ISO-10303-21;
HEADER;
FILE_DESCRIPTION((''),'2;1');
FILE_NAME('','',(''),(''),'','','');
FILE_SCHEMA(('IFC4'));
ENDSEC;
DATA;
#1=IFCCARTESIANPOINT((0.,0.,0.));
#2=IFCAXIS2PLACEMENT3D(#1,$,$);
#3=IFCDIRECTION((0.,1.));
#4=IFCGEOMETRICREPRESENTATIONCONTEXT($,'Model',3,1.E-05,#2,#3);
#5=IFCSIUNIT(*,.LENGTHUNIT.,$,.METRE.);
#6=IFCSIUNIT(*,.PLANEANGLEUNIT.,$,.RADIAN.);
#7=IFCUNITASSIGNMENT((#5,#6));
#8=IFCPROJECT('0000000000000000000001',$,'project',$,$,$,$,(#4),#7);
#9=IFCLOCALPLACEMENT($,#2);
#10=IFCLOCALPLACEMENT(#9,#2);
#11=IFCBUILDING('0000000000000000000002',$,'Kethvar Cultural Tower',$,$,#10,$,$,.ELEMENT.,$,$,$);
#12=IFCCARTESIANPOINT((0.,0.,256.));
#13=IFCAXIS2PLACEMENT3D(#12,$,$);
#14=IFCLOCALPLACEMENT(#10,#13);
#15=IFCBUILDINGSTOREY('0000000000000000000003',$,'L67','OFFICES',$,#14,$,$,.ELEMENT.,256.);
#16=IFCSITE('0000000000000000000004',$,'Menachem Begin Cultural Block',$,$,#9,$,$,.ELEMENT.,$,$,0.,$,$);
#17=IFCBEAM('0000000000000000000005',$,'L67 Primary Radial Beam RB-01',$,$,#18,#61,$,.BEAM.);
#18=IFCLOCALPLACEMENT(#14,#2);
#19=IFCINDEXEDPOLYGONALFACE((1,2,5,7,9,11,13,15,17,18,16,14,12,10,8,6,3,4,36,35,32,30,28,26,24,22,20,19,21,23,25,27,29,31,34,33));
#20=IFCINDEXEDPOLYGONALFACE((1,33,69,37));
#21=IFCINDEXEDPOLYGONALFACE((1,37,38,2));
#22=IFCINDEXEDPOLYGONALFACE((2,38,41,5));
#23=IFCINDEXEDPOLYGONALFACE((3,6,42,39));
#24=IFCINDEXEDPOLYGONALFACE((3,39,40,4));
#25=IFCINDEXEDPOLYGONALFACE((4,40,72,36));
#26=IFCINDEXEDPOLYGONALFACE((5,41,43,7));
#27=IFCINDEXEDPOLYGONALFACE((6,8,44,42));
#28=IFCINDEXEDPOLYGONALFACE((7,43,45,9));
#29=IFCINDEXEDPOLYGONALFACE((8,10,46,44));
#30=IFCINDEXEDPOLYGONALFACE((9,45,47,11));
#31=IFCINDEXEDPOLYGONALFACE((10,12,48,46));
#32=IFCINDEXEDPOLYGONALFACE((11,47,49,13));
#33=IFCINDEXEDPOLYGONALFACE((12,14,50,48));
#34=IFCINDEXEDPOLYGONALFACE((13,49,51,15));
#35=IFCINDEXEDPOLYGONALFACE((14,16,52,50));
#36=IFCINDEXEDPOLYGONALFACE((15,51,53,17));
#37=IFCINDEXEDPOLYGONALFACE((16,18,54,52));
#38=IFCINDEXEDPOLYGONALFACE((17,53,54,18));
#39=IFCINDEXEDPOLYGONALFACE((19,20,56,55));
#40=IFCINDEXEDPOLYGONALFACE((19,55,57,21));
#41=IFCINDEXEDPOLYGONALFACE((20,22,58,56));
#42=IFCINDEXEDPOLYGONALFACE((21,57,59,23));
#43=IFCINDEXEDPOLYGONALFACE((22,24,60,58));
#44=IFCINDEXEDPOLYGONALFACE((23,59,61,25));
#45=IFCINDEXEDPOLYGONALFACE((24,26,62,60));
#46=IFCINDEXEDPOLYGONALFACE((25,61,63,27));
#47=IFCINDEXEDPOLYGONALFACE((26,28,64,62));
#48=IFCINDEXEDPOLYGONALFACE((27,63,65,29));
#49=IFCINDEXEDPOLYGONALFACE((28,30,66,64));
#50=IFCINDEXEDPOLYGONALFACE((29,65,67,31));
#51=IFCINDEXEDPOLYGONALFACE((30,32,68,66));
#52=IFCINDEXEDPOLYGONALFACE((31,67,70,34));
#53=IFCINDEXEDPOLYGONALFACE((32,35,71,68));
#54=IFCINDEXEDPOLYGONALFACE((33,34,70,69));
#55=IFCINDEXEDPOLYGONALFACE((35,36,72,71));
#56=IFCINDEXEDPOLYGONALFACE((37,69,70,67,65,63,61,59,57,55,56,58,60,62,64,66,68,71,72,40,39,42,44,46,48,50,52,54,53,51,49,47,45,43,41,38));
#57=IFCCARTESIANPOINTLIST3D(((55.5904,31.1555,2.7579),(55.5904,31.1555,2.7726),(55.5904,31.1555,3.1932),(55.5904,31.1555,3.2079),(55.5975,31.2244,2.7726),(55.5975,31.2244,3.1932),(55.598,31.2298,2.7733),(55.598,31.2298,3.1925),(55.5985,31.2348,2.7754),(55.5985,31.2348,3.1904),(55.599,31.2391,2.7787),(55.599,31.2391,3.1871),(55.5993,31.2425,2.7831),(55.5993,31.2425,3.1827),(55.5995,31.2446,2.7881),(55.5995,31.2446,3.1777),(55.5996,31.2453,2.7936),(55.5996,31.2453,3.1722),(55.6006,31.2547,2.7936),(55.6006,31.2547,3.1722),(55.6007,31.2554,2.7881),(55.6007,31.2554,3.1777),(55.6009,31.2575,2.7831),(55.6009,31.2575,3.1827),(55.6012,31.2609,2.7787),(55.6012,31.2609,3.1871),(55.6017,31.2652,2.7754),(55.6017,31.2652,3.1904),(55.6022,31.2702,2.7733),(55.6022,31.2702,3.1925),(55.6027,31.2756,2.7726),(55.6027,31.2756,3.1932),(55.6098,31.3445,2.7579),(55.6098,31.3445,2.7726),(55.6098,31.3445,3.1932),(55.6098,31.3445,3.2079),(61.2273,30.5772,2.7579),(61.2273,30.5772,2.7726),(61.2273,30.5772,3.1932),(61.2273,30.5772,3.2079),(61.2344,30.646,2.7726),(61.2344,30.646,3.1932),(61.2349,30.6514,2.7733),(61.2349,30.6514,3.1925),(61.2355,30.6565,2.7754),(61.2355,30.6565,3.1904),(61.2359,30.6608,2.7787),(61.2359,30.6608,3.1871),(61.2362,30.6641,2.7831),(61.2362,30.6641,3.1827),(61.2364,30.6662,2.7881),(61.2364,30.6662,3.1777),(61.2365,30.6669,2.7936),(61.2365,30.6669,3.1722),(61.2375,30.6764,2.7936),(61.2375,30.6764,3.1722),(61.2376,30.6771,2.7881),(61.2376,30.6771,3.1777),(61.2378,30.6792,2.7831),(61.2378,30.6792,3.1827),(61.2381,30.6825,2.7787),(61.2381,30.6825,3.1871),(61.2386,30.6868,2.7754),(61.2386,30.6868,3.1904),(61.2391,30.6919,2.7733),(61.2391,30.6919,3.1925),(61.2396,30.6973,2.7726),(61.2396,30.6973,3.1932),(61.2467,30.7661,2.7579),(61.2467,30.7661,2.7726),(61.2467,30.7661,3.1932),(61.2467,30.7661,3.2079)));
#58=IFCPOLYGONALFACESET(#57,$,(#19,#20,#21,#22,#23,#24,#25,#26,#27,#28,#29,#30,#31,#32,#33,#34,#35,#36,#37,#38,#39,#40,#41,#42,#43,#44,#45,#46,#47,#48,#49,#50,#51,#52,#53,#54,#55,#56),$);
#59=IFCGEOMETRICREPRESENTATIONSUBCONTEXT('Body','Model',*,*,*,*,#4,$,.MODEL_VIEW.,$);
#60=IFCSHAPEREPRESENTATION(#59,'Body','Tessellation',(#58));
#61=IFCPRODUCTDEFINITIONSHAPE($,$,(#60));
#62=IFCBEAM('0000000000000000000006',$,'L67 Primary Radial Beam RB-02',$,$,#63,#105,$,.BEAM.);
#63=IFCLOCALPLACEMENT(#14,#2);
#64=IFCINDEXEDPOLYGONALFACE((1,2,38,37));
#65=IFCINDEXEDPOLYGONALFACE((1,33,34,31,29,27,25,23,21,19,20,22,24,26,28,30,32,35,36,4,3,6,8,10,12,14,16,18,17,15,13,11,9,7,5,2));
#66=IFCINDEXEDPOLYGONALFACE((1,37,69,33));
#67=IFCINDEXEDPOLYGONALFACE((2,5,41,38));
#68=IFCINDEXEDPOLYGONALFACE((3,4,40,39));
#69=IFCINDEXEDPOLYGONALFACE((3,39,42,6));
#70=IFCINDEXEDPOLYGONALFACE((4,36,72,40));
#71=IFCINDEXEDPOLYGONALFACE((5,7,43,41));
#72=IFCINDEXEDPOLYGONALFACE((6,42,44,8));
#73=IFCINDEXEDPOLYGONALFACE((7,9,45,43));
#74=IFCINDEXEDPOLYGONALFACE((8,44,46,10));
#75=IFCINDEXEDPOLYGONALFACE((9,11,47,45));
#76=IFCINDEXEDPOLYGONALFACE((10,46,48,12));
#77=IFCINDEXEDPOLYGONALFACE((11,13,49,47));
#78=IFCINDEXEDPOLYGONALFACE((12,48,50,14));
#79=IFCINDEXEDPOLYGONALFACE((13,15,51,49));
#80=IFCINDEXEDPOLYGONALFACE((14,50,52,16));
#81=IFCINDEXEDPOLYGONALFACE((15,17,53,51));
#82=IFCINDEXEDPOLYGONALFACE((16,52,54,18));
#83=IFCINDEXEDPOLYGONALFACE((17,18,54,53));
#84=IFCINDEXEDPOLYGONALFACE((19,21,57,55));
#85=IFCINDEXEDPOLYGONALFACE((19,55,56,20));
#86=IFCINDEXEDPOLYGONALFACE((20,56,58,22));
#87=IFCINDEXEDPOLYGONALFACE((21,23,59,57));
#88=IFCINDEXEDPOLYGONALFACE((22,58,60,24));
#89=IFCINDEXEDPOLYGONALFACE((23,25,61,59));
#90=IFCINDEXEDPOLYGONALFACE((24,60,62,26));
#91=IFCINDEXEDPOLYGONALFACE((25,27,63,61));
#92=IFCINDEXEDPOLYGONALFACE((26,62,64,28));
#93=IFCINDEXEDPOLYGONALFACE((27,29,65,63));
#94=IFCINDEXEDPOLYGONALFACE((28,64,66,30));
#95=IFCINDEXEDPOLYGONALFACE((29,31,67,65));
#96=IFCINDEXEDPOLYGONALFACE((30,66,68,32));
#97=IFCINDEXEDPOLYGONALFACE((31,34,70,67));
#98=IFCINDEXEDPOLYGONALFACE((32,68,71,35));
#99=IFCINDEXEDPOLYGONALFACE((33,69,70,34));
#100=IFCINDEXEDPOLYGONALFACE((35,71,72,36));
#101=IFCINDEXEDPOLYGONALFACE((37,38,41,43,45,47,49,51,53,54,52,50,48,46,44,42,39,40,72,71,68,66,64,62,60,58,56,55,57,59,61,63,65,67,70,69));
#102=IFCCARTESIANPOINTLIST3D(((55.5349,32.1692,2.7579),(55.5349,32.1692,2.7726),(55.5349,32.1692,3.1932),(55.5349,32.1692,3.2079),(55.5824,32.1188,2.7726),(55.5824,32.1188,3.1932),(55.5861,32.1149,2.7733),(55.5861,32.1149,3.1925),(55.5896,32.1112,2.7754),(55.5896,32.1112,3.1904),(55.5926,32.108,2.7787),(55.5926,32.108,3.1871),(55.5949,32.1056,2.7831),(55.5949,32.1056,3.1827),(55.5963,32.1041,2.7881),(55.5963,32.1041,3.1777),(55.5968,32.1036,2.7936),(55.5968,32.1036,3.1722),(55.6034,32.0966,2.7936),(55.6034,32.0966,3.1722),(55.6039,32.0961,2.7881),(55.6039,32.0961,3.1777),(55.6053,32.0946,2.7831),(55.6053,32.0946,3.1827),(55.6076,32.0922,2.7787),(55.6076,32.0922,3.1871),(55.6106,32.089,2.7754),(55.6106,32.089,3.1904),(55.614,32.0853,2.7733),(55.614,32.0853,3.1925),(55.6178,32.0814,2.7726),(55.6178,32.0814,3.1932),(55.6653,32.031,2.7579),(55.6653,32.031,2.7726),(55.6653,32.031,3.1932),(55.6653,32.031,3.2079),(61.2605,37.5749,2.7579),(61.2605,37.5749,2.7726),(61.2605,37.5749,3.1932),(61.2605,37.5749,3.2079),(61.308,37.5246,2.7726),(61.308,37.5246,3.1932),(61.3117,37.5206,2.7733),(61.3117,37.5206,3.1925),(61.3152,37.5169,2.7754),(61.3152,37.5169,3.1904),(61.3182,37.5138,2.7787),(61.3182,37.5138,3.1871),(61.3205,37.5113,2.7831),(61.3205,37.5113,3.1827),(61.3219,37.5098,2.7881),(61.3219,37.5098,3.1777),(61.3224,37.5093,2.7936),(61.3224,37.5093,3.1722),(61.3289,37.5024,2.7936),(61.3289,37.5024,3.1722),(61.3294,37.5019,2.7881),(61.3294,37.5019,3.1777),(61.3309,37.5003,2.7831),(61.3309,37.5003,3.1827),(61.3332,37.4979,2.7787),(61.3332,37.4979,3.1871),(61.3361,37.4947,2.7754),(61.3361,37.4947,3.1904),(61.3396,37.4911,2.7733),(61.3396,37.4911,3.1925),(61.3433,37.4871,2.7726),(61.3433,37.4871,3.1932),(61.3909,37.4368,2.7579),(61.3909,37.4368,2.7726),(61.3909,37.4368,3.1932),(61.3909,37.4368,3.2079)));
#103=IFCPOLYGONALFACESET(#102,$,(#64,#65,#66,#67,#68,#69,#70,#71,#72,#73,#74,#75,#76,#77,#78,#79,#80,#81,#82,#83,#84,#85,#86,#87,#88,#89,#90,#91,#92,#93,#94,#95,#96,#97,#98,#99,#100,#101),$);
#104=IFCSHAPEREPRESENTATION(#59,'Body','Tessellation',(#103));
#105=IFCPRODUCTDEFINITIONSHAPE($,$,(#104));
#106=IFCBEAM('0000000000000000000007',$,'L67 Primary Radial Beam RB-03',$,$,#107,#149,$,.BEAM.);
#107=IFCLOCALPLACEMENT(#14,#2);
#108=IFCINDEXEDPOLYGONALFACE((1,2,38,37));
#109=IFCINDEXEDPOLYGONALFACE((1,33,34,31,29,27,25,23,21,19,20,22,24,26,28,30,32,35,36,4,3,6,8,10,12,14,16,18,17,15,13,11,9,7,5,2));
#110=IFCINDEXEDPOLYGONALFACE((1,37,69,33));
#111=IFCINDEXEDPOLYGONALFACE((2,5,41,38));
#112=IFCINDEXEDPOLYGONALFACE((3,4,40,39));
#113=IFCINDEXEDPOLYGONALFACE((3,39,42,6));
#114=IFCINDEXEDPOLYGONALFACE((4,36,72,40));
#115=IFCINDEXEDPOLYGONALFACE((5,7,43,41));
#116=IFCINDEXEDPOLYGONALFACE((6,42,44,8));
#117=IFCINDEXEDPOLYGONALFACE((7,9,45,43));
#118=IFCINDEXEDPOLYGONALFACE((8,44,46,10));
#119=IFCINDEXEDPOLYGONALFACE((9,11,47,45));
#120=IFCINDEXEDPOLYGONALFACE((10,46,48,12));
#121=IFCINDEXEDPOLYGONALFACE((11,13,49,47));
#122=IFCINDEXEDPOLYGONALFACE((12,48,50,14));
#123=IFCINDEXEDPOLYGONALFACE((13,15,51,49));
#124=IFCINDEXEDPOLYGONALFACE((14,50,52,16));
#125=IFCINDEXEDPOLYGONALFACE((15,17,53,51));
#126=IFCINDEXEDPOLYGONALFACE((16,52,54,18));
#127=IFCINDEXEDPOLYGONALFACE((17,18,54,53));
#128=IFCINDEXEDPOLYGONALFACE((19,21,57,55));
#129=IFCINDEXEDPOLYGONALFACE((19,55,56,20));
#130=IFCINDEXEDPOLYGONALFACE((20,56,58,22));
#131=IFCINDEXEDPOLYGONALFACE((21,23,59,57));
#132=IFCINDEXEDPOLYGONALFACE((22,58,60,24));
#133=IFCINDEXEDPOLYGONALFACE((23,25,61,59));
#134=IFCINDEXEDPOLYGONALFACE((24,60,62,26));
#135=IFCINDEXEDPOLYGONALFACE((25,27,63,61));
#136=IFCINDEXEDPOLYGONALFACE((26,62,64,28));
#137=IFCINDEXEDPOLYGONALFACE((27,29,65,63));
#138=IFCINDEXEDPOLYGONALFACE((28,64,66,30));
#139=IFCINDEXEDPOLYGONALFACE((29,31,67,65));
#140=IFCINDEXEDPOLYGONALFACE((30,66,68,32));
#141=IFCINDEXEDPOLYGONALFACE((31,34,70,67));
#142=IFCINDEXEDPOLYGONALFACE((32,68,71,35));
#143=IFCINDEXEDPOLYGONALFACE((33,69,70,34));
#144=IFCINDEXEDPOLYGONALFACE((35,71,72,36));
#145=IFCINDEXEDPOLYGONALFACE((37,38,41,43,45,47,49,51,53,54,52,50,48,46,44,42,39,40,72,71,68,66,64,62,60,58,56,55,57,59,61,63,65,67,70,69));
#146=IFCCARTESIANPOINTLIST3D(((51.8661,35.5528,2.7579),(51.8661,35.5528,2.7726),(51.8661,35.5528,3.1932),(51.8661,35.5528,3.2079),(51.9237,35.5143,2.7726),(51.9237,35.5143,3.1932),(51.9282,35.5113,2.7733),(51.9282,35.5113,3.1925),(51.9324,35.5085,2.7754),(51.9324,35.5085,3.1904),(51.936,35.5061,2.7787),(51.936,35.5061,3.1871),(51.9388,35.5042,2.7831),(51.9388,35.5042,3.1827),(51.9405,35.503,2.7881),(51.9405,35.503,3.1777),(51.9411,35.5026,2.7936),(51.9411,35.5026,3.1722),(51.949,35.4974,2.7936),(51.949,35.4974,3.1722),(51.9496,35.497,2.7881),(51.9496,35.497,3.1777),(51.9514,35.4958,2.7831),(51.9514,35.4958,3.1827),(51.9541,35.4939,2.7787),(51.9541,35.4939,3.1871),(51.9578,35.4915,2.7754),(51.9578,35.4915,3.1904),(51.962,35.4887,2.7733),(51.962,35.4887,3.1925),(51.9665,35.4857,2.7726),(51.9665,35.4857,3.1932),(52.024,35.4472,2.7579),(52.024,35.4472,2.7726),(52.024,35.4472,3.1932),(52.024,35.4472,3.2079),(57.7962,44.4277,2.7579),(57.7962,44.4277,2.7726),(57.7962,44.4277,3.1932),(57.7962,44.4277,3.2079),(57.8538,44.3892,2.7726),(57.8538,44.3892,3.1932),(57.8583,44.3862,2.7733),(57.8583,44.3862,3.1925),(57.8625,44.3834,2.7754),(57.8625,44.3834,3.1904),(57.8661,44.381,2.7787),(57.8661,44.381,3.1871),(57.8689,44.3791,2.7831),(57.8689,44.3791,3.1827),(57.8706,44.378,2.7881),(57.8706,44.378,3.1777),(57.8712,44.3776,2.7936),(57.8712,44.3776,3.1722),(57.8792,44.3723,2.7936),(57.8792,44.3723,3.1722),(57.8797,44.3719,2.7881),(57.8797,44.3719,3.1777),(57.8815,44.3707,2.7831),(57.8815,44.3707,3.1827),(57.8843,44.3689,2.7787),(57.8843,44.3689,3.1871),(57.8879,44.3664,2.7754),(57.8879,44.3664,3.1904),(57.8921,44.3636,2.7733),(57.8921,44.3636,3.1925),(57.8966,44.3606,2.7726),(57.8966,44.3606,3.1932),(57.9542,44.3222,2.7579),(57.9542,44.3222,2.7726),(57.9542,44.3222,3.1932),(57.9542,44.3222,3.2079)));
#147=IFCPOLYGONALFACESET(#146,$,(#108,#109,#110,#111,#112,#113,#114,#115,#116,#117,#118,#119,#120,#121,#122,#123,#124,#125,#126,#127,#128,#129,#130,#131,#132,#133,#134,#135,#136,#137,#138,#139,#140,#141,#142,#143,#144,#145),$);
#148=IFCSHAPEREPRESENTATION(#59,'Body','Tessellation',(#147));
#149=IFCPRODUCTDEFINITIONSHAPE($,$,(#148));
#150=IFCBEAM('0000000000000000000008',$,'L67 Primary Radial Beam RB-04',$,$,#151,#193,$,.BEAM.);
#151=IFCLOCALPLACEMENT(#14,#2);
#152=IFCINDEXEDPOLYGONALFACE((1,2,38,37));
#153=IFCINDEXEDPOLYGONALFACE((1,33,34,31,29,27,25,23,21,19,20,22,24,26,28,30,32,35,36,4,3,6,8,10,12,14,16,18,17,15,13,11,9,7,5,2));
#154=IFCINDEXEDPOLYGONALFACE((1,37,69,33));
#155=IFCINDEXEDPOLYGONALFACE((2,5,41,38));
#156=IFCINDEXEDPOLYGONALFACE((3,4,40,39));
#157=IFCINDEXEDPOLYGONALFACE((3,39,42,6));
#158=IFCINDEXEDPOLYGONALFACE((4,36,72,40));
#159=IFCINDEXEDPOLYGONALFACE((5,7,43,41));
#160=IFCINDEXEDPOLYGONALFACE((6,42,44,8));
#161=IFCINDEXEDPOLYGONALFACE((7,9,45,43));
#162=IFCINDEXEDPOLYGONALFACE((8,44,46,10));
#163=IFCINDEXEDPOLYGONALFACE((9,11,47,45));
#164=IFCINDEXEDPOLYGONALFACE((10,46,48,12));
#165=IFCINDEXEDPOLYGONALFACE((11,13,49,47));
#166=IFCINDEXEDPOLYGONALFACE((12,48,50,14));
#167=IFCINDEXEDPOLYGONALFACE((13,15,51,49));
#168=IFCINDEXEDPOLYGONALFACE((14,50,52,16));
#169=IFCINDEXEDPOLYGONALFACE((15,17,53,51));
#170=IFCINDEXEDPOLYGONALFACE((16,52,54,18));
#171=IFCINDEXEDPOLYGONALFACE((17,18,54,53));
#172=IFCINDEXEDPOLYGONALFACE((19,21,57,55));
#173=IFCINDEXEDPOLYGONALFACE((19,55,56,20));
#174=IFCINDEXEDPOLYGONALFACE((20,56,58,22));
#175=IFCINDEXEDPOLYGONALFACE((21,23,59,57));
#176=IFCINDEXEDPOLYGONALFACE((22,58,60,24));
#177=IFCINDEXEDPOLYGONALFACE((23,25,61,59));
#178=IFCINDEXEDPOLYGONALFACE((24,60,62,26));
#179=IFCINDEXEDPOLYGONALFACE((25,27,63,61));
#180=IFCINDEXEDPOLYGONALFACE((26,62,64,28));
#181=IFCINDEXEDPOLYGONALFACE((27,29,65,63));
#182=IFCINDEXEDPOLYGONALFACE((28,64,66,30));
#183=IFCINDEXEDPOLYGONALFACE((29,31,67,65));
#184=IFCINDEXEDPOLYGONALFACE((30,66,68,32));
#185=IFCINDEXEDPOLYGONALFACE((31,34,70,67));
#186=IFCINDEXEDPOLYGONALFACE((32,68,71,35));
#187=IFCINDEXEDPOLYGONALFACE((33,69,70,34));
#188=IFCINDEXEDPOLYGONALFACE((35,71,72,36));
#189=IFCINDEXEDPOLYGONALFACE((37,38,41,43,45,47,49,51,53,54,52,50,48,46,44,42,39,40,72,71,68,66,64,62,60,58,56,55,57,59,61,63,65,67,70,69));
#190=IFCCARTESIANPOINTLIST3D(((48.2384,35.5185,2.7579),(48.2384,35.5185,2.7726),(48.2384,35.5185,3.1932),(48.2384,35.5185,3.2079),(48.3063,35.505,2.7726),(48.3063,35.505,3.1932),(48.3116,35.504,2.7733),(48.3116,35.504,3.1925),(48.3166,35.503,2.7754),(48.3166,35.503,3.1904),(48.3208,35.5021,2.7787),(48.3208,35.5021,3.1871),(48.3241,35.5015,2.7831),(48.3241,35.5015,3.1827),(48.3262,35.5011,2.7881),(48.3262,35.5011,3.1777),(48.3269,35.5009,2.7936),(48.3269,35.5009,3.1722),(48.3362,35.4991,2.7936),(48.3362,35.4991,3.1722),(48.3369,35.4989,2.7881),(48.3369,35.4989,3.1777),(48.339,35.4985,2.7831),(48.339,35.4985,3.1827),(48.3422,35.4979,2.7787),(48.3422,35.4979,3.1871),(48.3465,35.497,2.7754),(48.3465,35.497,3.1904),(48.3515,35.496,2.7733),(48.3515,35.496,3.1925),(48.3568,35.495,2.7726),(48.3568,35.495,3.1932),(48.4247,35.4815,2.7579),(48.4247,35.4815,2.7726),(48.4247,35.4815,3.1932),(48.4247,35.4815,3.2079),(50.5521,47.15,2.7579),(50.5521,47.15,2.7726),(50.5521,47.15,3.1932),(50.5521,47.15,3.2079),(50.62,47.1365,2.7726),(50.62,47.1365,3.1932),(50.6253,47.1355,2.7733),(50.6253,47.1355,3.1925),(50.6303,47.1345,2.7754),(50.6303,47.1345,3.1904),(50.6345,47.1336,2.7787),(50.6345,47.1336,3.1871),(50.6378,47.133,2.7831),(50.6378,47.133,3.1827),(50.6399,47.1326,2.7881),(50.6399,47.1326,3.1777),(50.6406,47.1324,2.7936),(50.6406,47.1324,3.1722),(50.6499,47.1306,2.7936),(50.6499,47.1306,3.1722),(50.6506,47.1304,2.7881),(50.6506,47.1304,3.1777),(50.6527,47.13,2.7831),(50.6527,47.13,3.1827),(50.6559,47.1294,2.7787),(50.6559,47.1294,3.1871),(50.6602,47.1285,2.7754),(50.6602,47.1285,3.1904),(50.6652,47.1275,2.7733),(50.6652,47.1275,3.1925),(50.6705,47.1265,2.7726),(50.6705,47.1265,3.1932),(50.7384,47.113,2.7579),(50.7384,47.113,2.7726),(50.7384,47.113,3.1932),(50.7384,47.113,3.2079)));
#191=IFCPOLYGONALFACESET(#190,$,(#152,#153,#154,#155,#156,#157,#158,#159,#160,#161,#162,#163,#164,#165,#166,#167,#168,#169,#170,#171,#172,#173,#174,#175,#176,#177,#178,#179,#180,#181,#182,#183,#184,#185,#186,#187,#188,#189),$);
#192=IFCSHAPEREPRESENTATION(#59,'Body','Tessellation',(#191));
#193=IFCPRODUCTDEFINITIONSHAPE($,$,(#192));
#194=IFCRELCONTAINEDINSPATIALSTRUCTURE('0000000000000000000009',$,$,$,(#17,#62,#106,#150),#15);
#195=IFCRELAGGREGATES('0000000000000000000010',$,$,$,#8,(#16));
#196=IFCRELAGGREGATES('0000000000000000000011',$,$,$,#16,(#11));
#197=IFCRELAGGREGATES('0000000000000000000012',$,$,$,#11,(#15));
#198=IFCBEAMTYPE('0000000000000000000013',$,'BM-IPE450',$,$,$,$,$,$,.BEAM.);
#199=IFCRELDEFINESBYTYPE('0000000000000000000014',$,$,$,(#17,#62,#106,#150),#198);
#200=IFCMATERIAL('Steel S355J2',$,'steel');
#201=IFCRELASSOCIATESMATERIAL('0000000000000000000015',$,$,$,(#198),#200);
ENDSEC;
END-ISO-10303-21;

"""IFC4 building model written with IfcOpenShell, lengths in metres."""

from ifc_helpers import new_model, si_unit, direction, frame, origin, origin_2d, place, context, subcontext, project, spatial, i_section, extrude, source, transform, mapped, material, material_profile, profile_set, type_object, element, save


model = new_model("IFC4")

# Units and contexts
model_context = context("Model", 3, precision=1e-05, world=origin(), true_north=direction((0.0, 1.0)))
body_context = subcontext(model_context, "Body", "Model", "MODEL_VIEW")
ifc_project = project(units=[si_unit("LENGTHUNIT", "METRE"), si_unit("PLANEANGLEUNIT", "RADIAN")], contexts=[model_context])

# Site, building, storey
site_placement = place(None, origin())
site = spatial("IfcSite", under=ifc_project, at=site_placement, Name="Menachem Begin Cultural Block", CompositionType="ELEMENT", RefElevation=0.0)
building_placement = place(site_placement, origin())
building = spatial("IfcBuilding", under=site, at=building_placement, Name="Kethvar Cultural Tower", CompositionType="ELEMENT")
storey_placement = place(building_placement, frame((0.0, 0.0, 256.0)))
storey = spatial("IfcBuildingStorey", under=building, at=storey_placement, Name="L67", Description="OFFICES", CompositionType="ELEMENT", Elevation=256.0)

# Beams
ifc_material_1 = material(Name="Steel S355J2", Category="steel")
ifc_material_profile_1 = material_profile(ifc_material_1, i_section(OverallWidth=0.1899, OverallDepth=0.45, WebThickness=0.0095, FlangeThickness=0.0146, FilletRadius=0.021, at=origin_2d()), Name="Steel S355J2 — IPE450")
ifc_profile_set_1 = profile_set([ifc_material_profile_1], Name="Steel S355J2 — IPE450")
beam_type_1 = type_object("IfcBeamType", Name="BM-IPE450", PredefinedType="BEAM", material=ifc_profile_set_1)
shared_shape_1 = source(origin(), body_context, "Body", "SweptSolid", [
    extrude(i_section(OverallWidth=0.1899, OverallDepth=0.45, WebThickness=0.0095, FlangeThickness=0.0146, FilletRadius=0.021, at=origin_2d()), origin(), (0.0, 0.0, 1.0), 5.6665),
])
beam_1_placement = place(storey_placement, frame((55.6001, 31.25, 2.9829), z_axis=(0.994778, -0.102067, 0.0), x_axis=(0.102067, 0.994778, 0.0)))
element("IfcBeam", 1, at=beam_1_placement, inside=storey, type_object=beam_type_1, Name="L67 Primary Radial Beam RB-01", PredefinedType="BEAM", context=body_context, shape_type="MappedRepresentation", body=[
    mapped(shared_shape_1, transform((0.0, 0.0, 0.0), scale=1.0)),
])
shared_shape_2 = source(origin(), body_context, "Body", "SweptSolid", [
    extrude(i_section(OverallWidth=0.1899, OverallDepth=0.45, WebThickness=0.0095, FlangeThickness=0.0146, FilletRadius=0.021, at=origin_2d()), origin(), (0.0, 0.0, 1.0), 7.8743),
])
beam_2_placement = place(storey_placement, frame((55.6001, 32.1001, 2.9829), z_axis=(0.727123, 0.686507, 0.0), x_axis=(-0.686507, 0.727123, 0.0)))
element("IfcBeam", 2, at=beam_2_placement, inside=storey, type_object=beam_type_1, Name="L67 Primary Radial Beam RB-02", PredefinedType="BEAM", context=body_context, shape_type="MappedRepresentation", body=[
    mapped(shared_shape_2, transform((0.0, 0.0, 0.0), scale=1.0)),
])
shared_shape_3 = source(origin(), body_context, "Body", "SweptSolid", [
    extrude(i_section(OverallWidth=0.1899, OverallDepth=0.45, WebThickness=0.0095, FlangeThickness=0.0146, FilletRadius=0.021, at=origin_2d()), origin(), (0.0, 0.0, 1.0), 10.6738),
])
beam_3_placement = place(storey_placement, frame((51.9451, 35.5, 2.9829), z_axis=(0.555576, 0.831466, 0.0), x_axis=(-0.831466, 0.555576, 0.0)))
element("IfcBeam", 3, at=beam_3_placement, inside=storey, type_object=beam_type_1, Name="L67 Primary Radial Beam RB-03", PredefinedType="BEAM", context=body_context, shape_type="MappedRepresentation", body=[
    mapped(shared_shape_3, transform((0.0, 0.0, 0.0), scale=1.0)),
])
shared_shape_4 = source(origin(), body_context, "Body", "SweptSolid", [
    extrude(i_section(OverallWidth=0.1899, OverallDepth=0.45, WebThickness=0.0095, FlangeThickness=0.0146, FilletRadius=0.021, at=origin_2d()), origin(), (0.0, 0.0, 1.0), 11.8594),
])
beam_4_placement = place(storey_placement, frame((48.3315, 35.5, 2.9829), z_axis=(0.195095, 0.980784, 0.0), x_axis=(-0.980784, 0.195095, 0.0)))
element("IfcBeam", 4, at=beam_4_placement, inside=storey, type_object=beam_type_1, Name="L67 Primary Radial Beam RB-04", PredefinedType="BEAM", context=body_context, shape_type="MappedRepresentation", body=[
    mapped(shared_shape_4, transform((0.0, 0.0, 0.0), scale=1.0)),
])

save(model, "model.ifc")
